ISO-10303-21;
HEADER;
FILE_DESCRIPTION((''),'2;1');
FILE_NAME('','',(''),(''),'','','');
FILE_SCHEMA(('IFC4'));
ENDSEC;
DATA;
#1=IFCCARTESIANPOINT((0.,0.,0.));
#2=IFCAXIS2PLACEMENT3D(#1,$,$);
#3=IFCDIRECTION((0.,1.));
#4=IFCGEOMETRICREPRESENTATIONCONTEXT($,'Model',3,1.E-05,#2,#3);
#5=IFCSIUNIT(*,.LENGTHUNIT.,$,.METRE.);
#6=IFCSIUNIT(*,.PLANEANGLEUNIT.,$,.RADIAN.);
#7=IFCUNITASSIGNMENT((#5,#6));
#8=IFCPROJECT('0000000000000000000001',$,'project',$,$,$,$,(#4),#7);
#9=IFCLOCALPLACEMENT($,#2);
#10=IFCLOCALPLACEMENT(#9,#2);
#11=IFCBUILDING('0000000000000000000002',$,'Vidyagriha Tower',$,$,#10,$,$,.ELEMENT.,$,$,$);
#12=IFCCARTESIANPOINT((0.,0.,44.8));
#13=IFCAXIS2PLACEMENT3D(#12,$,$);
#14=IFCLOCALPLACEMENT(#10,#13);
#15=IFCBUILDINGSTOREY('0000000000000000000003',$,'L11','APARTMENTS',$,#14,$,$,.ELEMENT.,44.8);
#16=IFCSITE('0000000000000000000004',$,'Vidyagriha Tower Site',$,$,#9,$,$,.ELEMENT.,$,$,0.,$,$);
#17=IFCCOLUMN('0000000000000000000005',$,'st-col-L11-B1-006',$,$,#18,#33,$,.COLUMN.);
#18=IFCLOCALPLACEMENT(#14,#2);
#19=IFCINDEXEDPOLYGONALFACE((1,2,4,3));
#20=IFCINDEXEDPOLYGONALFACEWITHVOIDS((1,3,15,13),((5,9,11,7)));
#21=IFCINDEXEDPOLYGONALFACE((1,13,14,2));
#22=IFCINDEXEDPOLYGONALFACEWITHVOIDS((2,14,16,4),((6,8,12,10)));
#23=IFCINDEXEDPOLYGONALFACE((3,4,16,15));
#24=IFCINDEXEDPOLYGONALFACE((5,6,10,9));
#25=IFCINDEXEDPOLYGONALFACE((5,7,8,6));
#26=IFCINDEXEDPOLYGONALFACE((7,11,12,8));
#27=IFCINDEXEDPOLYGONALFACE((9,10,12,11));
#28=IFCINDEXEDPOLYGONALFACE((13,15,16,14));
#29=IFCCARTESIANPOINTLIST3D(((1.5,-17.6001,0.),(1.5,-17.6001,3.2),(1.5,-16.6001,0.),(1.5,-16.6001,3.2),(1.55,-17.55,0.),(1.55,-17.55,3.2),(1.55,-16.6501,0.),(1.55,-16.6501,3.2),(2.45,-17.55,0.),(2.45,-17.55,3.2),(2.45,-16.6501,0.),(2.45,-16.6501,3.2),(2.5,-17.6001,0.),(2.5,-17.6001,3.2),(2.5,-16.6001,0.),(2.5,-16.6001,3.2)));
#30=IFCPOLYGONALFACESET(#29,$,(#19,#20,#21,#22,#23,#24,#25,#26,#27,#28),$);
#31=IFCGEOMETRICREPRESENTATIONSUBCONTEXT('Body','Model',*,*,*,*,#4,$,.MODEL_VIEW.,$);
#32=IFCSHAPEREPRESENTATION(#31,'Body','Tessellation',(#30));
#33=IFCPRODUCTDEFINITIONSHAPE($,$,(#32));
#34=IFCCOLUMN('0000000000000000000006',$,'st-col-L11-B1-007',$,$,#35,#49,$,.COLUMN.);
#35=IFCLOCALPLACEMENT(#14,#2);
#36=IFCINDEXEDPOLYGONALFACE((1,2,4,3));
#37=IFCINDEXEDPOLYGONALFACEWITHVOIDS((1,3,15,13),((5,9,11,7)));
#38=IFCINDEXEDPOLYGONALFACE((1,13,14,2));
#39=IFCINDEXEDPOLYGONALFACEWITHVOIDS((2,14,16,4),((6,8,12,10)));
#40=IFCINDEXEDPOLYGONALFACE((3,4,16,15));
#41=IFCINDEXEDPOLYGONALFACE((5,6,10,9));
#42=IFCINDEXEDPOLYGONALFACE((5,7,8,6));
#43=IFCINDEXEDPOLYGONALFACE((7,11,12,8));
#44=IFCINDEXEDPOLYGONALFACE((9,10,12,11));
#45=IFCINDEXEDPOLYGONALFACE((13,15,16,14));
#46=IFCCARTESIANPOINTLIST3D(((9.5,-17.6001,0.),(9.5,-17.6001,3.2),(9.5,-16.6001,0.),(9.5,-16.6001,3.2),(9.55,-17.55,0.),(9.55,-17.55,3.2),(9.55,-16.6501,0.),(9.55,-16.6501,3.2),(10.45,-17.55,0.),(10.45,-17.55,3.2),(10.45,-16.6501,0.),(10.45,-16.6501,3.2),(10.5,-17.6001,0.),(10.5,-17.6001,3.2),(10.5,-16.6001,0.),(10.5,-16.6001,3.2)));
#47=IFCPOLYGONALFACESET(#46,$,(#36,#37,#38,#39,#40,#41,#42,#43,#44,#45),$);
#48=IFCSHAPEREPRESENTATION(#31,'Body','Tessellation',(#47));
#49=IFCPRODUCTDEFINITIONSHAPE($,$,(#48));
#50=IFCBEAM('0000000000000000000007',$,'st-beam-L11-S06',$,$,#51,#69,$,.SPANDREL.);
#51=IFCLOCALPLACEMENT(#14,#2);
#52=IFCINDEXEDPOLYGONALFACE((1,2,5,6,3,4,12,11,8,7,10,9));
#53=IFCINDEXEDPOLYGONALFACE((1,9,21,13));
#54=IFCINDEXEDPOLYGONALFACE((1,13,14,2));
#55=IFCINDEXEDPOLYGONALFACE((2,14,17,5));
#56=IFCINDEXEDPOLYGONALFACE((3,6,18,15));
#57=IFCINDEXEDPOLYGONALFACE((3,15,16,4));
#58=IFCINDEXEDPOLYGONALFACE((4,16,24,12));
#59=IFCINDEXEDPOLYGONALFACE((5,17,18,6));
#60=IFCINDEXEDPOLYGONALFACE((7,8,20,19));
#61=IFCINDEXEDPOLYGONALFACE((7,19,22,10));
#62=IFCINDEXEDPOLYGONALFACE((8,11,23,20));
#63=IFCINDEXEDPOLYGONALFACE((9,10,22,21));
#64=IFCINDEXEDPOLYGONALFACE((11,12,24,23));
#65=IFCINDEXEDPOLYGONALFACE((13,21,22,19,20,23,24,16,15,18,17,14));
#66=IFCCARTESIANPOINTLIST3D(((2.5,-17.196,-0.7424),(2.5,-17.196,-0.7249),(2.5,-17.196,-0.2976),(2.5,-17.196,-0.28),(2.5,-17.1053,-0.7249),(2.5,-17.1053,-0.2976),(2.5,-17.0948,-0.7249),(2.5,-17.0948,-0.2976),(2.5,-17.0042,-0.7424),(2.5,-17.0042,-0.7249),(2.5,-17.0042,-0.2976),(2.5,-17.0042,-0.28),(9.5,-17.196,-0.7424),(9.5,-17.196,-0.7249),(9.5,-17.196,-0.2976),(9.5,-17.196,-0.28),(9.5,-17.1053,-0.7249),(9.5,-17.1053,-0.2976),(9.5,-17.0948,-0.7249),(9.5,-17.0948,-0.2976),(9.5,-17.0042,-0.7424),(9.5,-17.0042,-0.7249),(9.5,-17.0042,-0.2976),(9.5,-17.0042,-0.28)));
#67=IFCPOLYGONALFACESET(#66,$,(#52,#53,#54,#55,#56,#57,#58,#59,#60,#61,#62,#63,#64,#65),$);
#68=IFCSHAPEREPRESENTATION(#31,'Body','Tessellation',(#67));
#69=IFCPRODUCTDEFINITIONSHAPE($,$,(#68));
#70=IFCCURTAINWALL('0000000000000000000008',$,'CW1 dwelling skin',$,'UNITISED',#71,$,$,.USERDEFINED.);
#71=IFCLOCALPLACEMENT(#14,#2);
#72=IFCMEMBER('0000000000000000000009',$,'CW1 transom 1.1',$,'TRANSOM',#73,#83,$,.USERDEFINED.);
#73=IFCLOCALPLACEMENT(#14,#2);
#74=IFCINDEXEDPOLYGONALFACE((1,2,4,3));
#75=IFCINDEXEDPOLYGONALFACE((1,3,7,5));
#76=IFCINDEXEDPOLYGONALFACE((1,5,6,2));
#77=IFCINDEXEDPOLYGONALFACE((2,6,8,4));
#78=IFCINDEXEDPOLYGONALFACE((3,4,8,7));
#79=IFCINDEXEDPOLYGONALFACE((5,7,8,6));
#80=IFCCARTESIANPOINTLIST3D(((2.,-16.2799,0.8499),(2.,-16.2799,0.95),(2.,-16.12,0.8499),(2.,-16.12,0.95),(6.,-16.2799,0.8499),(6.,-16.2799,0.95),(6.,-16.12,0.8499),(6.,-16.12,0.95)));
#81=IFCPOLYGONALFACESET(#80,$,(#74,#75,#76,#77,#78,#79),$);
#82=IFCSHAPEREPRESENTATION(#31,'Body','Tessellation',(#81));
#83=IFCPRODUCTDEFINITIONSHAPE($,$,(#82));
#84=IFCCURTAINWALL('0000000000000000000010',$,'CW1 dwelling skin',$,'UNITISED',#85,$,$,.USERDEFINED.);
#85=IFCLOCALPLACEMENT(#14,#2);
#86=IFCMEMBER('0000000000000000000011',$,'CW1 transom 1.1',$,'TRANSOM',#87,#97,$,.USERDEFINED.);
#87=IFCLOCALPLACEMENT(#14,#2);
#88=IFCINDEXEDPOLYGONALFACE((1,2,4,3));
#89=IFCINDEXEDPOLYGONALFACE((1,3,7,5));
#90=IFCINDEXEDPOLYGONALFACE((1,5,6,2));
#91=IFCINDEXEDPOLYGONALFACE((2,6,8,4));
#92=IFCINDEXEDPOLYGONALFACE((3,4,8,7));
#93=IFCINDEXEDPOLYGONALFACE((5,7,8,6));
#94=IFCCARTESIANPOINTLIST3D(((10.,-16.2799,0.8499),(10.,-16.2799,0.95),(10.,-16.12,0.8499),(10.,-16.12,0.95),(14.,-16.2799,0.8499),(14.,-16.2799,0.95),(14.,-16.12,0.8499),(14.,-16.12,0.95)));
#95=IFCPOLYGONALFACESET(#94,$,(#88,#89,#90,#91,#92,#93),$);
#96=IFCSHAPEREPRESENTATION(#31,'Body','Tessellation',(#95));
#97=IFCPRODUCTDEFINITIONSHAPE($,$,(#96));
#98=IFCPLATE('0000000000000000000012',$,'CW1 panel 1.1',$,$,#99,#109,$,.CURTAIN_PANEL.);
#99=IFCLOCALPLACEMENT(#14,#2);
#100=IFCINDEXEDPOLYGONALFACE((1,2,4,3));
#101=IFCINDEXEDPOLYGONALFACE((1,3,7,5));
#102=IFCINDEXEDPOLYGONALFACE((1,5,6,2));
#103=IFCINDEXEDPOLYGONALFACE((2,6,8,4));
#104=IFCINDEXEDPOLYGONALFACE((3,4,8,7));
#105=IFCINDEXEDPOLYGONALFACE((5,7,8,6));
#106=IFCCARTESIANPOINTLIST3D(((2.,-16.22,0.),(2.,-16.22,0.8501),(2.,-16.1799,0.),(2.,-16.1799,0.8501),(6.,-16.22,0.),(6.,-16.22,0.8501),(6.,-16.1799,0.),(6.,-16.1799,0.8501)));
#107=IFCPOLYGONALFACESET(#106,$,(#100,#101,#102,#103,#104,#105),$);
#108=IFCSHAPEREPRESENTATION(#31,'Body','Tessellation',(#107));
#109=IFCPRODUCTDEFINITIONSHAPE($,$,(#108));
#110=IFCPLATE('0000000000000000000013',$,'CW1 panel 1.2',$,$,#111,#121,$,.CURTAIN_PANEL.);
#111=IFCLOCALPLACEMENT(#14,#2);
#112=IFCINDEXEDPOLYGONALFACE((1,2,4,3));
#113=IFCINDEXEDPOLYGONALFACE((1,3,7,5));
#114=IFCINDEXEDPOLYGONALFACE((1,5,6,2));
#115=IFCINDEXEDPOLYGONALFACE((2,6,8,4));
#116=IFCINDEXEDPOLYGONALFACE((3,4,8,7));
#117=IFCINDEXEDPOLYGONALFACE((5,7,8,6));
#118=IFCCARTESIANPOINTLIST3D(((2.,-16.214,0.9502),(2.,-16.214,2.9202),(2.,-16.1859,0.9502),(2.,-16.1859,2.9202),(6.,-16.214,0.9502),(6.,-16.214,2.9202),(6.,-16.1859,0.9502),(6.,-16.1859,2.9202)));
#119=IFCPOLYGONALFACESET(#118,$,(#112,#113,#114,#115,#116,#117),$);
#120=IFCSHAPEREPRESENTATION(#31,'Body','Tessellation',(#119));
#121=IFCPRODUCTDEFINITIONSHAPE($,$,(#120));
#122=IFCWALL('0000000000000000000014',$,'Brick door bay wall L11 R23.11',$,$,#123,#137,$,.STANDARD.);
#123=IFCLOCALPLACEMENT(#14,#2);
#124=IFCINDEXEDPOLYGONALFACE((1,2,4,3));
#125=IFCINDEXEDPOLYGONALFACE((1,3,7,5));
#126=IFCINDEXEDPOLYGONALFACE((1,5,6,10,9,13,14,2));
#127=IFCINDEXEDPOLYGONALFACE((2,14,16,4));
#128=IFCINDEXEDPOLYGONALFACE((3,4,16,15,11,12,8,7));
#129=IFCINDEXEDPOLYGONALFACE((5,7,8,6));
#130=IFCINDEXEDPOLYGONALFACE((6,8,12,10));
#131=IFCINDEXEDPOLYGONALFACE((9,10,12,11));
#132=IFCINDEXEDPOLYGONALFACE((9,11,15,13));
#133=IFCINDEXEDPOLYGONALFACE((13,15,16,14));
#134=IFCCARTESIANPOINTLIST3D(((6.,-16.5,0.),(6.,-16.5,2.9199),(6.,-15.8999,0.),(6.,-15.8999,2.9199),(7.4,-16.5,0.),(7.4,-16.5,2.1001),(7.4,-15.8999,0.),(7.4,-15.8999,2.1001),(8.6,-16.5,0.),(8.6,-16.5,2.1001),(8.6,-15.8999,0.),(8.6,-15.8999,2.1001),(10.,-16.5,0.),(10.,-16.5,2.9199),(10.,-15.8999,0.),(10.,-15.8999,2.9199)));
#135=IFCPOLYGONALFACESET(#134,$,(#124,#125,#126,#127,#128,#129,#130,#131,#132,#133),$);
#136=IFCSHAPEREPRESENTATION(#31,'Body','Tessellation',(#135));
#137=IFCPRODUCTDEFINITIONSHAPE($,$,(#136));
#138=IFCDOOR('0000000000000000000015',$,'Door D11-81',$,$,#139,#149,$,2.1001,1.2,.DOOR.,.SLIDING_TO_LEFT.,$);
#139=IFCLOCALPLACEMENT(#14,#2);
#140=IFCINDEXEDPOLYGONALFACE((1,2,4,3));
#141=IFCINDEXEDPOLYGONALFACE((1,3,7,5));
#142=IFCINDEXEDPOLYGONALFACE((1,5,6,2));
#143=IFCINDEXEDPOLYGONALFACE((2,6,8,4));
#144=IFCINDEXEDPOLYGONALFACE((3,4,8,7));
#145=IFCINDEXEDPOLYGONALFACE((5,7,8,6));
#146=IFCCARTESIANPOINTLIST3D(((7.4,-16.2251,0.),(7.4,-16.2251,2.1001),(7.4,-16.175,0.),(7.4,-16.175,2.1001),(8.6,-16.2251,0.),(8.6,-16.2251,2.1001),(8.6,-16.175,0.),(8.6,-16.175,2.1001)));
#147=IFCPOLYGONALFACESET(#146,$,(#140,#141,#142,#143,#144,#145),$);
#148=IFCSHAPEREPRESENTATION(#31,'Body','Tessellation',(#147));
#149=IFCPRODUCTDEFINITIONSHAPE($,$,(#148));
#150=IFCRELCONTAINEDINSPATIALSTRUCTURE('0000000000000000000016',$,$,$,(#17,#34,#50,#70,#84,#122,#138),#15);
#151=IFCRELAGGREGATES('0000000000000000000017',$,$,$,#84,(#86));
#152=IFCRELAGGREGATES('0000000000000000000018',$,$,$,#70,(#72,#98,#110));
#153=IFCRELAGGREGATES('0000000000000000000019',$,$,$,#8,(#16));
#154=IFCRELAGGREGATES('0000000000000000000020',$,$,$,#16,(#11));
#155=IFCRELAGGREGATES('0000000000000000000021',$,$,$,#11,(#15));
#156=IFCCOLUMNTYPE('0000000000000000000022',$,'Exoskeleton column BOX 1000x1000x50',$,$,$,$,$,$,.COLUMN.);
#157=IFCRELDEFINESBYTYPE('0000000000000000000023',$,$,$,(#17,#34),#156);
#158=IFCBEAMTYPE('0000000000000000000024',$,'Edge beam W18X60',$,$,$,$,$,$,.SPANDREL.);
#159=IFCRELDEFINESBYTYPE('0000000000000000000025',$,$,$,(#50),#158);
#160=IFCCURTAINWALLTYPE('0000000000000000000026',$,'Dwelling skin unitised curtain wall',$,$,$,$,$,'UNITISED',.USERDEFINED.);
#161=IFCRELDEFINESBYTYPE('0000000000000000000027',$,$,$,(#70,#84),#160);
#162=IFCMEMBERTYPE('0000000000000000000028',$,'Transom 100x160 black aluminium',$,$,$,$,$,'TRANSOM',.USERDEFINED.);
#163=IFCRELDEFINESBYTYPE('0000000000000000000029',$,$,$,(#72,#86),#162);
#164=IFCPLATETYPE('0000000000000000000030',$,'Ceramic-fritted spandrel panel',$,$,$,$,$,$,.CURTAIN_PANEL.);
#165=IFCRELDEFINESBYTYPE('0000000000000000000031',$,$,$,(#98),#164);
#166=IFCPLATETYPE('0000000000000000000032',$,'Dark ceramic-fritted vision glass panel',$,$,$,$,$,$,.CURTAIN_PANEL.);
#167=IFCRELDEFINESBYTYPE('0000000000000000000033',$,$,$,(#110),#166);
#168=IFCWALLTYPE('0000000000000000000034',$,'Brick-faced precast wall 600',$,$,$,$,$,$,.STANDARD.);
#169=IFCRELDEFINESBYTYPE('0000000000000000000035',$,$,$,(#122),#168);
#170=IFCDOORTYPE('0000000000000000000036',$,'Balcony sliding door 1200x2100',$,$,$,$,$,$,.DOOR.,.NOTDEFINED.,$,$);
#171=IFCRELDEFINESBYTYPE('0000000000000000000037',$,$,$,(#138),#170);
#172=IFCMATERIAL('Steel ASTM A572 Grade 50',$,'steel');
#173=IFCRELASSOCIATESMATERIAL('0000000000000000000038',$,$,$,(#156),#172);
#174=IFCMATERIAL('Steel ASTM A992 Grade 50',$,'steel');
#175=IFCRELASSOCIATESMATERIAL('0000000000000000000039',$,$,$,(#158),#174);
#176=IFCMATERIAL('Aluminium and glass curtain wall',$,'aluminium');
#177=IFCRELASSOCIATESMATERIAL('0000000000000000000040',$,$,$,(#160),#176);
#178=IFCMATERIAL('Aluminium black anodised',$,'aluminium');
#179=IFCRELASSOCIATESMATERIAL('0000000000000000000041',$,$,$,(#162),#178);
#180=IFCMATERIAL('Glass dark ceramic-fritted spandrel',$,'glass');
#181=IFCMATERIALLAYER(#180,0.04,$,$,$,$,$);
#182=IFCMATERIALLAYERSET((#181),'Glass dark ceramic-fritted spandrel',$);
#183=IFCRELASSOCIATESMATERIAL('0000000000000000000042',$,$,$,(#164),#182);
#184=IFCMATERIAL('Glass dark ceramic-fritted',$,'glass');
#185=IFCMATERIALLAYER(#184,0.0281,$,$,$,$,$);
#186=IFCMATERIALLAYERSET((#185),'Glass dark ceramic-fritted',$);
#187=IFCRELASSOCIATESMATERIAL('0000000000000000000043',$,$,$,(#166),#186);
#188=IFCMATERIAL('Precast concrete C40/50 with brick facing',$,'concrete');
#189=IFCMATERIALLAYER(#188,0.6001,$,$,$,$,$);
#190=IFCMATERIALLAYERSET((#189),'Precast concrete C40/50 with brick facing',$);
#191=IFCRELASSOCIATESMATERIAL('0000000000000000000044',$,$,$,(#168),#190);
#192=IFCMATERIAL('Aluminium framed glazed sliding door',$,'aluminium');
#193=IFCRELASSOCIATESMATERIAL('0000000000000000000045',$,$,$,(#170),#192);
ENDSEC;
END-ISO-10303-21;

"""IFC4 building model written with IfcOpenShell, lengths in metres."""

from ifc_helpers import new_model, si_unit, direction, frame, frame_2d, origin, origin_2d, place, context, subcontext, project, spatial, rectangle, hollow_rectangle, i_section, extrude, material, layer, layer_set, material_profile, profile_set, type_object, element, fill, aggregate, save


model = new_model("IFC4")

# Units and contexts
model_context = context("Model", 3, precision=1e-05, world=origin(), true_north=direction((0.0, 1.0)))
body_context = subcontext(model_context, "Body", "Model", "MODEL_VIEW")
ifc_project = project(units=[si_unit("LENGTHUNIT", "METRE"), si_unit("PLANEANGLEUNIT", "RADIAN")], contexts=[model_context])

# Site, building, storey
site_placement = place(None, origin())
site = spatial("IfcSite", under=ifc_project, at=site_placement, Name="Vidyagriha Tower Site", CompositionType="ELEMENT", RefElevation=0.0)
building_placement = place(site_placement, origin())
building = spatial("IfcBuilding", under=site, at=building_placement, Name="Vidyagriha Tower", CompositionType="ELEMENT")
storey_placement = place(building_placement, frame((0.0, 0.0, 44.8)))
storey = spatial("IfcBuildingStorey", under=building, at=storey_placement, Name="L11", Description="APARTMENTS", CompositionType="ELEMENT", Elevation=44.8)

# Columns
ifc_material_1 = material(Name="Steel ASTM A572 Grade 50", Category="steel")
ifc_material_profile_1 = material_profile(ifc_material_1, hollow_rectangle(XDim=1.0, YDim=1.0, WallThickness=0.05, at=origin_2d()), Name="BOX 1000x1000x50")
ifc_profile_set_1 = profile_set([ifc_material_profile_1], Name="Steel ASTM A572 Grade 50")
column_type = type_object("IfcColumnType", Name="Exoskeleton column BOX 1000x1000x50", PredefinedType="COLUMN", material=ifc_profile_set_1)
for number, where, name in (
    (1, (2.0, -17.1001, 0.0), "st-col-L11-B1-006"),
    (2, (10.0, -17.1001, 0.0), "st-col-L11-B1-007"),
):
    element("IfcColumn", number, at=place(storey_placement, frame(where)), inside=storey, type_object=column_type, Name=name, PredefinedType="COLUMN", context=body_context, shape_type="SweptSolid", body=[
        extrude(hollow_rectangle(XDim=1.0, YDim=1.0, WallThickness=0.05, at=origin_2d()), origin(), (0.0, 0.0, 1.0), 3.2),
    ])

# Beam
ifc_material_2 = material(Name="Steel ASTM A992 Grade 50", Category="steel")
ifc_material_profile_2 = material_profile(ifc_material_2, i_section(OverallWidth=0.1919, OverallDepth=0.4624, WebThickness=0.0105, FlangeThickness=0.0176, at=origin_2d()), Name="W18X60")
ifc_profile_set_2 = profile_set([ifc_material_profile_2], Name="Steel ASTM A992 Grade 50")
beam_type = type_object("IfcBeamType", Name="Edge beam W18X60", PredefinedType="SPANDREL", material=ifc_profile_set_2)
beam_placement = place(storey_placement, frame((2.5, -17.1001, -0.5112), z_axis=(1.0, 0.0, 0.0), x_axis=(0.0, 1.0, 0.0)))
element("IfcBeam", 3, at=beam_placement, inside=storey, type_object=beam_type, Name="st-beam-L11-S06", PredefinedType="SPANDREL", context=body_context, shape_type="SweptSolid", body=[
    extrude(i_section(OverallWidth=0.1919, OverallDepth=0.4624, WebThickness=0.0105, FlangeThickness=0.0176, at=origin_2d()), origin(), (0.0, 0.0, 1.0), 7.0),
])

# Curtain walls, members
ifc_material_3 = material(Name="Aluminium and glass curtain wall", Category="aluminium")
curtain_wall_type = type_object("IfcCurtainWallType", Name="Dwelling skin unitised curtain wall", ElementType="UNITISED", PredefinedType="USERDEFINED", material=ifc_material_3)
curtain_wall_1_placement = place(storey_placement, origin())
curtain_wall_1 = element("IfcCurtainWall", 4, at=curtain_wall_1_placement, inside=storey, type_object=curtain_wall_type, Name="CW1 dwelling skin", ObjectType="UNITISED", PredefinedType="USERDEFINED")
ifc_material_4 = material(Name="Aluminium black anodised", Category="aluminium")
ifc_material_profile_3 = material_profile(ifc_material_4, rectangle(XDim=0.1599, YDim=0.1001, at=origin_2d()), Name="Transom 100x160 black aluminium")
ifc_profile_set_3 = profile_set([ifc_material_profile_3], Name="Aluminium black anodised")
member_type = type_object("IfcMemberType", Name="Transom 100x160 black aluminium", ElementType="TRANSOM", PredefinedType="USERDEFINED", material=ifc_profile_set_3)
member_1_placement = place(storey_placement, frame((2.0, -16.2, 0.8999), z_axis=(1.0, 0.0, 0.0), x_axis=(0.0, 1.0, 0.0)))
member_1 = element("IfcMember", 5, at=member_1_placement, type_object=member_type, Name="CW1 transom 1.1", ObjectType="TRANSOM", PredefinedType="USERDEFINED", context=body_context, shape_type="SweptSolid", body=[
    extrude(rectangle(XDim=0.1599, YDim=0.1001, at=origin_2d()), origin(), (0.0, 0.0, 1.0), 4.0),
])
curtain_wall_2_placement = place(storey_placement, origin())
curtain_wall_2 = element("IfcCurtainWall", 6, at=curtain_wall_2_placement, inside=storey, type_object=curtain_wall_type, Name="CW1 dwelling skin", ObjectType="UNITISED", PredefinedType="USERDEFINED")
member_2_placement = place(storey_placement, frame((10.0, -16.2, 0.8999), z_axis=(1.0, 0.0, 0.0), x_axis=(0.0, 1.0, 0.0)))
member_2 = element("IfcMember", 7, at=member_2_placement, type_object=member_type, Name="CW1 transom 1.1", ObjectType="TRANSOM", PredefinedType="USERDEFINED", context=body_context, shape_type="SweptSolid", body=[
    extrude(rectangle(XDim=0.1599, YDim=0.1001, at=origin_2d()), origin(), (0.0, 0.0, 1.0), 4.0),
])
aggregate(curtain_wall_2, [member_2])

# Plates
ifc_material_5 = material(Name="Glass dark ceramic-fritted spandrel", Category="glass")
ifc_layer_1 = layer(ifc_material_5, 0.04)
ifc_layer_set_1 = layer_set([ifc_layer_1], Name="Glass dark ceramic-fritted spandrel")
plate_type_1 = type_object("IfcPlateType", Name="Ceramic-fritted spandrel panel", PredefinedType="CURTAIN_PANEL", material=ifc_layer_set_1)
plate_1_placement = place(storey_placement, frame((4.0, -16.2, 0.0)))
plate_1 = element("IfcPlate", 8, at=plate_1_placement, type_object=plate_type_1, Name="CW1 panel 1.1", PredefinedType="CURTAIN_PANEL", context=body_context, shape_type="SweptSolid", body=[
    extrude(rectangle(XDim=4.0, YDim=0.04, at=origin_2d()), origin(), (0.0, 0.0, 1.0), 0.8501),
])
ifc_material_6 = material(Name="Glass dark ceramic-fritted", Category="glass")
ifc_layer_2 = layer(ifc_material_6, 0.0281)
ifc_layer_set_2 = layer_set([ifc_layer_2], Name="Glass dark ceramic-fritted")
plate_type_2 = type_object("IfcPlateType", Name="Dark ceramic-fritted vision glass panel", PredefinedType="CURTAIN_PANEL", material=ifc_layer_set_2)
plate_2_placement = place(storey_placement, frame((4.0, -16.2, 0.9502)))
plate_2 = element("IfcPlate", 9, at=plate_2_placement, type_object=plate_type_2, Name="CW1 panel 1.2", PredefinedType="CURTAIN_PANEL", context=body_context, shape_type="SweptSolid", body=[
    extrude(rectangle(XDim=4.0, YDim=0.0281, at=origin_2d()), origin(), (0.0, 0.0, 1.0), 1.97),
])
aggregate(curtain_wall_1, [member_1, plate_1, plate_2])

# Wall, opening, door
ifc_material_7 = material(Name="Precast concrete C40/50 with brick facing", Category="concrete")
ifc_layer_3 = layer(ifc_material_7, 0.6001)
ifc_layer_set_3 = layer_set([ifc_layer_3], Name="Precast concrete C40/50 with brick facing")
wall_type = type_object("IfcWallType", Name="Brick-faced precast wall 600", PredefinedType="STANDARD", material=ifc_layer_set_3)
wall_placement = place(storey_placement, frame((6.0, -16.2, 0.0)))
wall = element("IfcWall", 10, at=wall_placement, inside=storey, type_object=wall_type, Name="Brick door bay wall L11 R23.11", PredefinedType="STANDARD", context=body_context, shape_type="SweptSolid", body=[
    extrude(rectangle(XDim=4.0, YDim=0.6001, at=frame_2d((2.0, 0.0))), origin(), (0.0, 0.0, 1.0), 2.9199),
])
opening_placement = place(wall_placement, frame((1.3999, 0.0, 0.0)))
opening = element("IfcOpeningElement", 11, at=opening_placement, cuts=wall, PredefinedType="OPENING", context=body_context, shape_type="SweptSolid", body=[
    extrude(rectangle(XDim=1.2, YDim=2.1001, at=frame_2d((0.6001, 1.05))), frame((0.0, 0.3101, 0.0), z_axis=(0.0, -1.0, 0.0), x_axis=(1.0, 0.0, 0.0)), (0.0, 0.0, 1.0), 0.6201),
])
ifc_material_8 = material(Name="Aluminium framed glazed sliding door", Category="aluminium")
door_type = type_object("IfcDoorType", Name="Balcony sliding door 1200x2100", OperationType="NOTDEFINED", PredefinedType="DOOR", material=ifc_material_8)
door_placement = place(opening_placement, origin())
door = element("IfcDoor", 12, at=door_placement, inside=storey, type_object=door_type, Name="Door D11-81", OperationType="SLIDING_TO_LEFT", OverallHeight=2.1001, OverallWidth=1.2, PredefinedType="DOOR", context=body_context, shape_type="SweptSolid", body=[
    extrude(rectangle(XDim=1.2, YDim=2.1001, at=frame_2d((0.6001, 1.05))), frame((0.0, 0.0249, 0.0), z_axis=(0.0, -1.0, 0.0), x_axis=(1.0, 0.0, 0.0)), (0.0, 0.0, 1.0), 0.05),
])
fill(opening, door)

save(model, "model.ifc")
